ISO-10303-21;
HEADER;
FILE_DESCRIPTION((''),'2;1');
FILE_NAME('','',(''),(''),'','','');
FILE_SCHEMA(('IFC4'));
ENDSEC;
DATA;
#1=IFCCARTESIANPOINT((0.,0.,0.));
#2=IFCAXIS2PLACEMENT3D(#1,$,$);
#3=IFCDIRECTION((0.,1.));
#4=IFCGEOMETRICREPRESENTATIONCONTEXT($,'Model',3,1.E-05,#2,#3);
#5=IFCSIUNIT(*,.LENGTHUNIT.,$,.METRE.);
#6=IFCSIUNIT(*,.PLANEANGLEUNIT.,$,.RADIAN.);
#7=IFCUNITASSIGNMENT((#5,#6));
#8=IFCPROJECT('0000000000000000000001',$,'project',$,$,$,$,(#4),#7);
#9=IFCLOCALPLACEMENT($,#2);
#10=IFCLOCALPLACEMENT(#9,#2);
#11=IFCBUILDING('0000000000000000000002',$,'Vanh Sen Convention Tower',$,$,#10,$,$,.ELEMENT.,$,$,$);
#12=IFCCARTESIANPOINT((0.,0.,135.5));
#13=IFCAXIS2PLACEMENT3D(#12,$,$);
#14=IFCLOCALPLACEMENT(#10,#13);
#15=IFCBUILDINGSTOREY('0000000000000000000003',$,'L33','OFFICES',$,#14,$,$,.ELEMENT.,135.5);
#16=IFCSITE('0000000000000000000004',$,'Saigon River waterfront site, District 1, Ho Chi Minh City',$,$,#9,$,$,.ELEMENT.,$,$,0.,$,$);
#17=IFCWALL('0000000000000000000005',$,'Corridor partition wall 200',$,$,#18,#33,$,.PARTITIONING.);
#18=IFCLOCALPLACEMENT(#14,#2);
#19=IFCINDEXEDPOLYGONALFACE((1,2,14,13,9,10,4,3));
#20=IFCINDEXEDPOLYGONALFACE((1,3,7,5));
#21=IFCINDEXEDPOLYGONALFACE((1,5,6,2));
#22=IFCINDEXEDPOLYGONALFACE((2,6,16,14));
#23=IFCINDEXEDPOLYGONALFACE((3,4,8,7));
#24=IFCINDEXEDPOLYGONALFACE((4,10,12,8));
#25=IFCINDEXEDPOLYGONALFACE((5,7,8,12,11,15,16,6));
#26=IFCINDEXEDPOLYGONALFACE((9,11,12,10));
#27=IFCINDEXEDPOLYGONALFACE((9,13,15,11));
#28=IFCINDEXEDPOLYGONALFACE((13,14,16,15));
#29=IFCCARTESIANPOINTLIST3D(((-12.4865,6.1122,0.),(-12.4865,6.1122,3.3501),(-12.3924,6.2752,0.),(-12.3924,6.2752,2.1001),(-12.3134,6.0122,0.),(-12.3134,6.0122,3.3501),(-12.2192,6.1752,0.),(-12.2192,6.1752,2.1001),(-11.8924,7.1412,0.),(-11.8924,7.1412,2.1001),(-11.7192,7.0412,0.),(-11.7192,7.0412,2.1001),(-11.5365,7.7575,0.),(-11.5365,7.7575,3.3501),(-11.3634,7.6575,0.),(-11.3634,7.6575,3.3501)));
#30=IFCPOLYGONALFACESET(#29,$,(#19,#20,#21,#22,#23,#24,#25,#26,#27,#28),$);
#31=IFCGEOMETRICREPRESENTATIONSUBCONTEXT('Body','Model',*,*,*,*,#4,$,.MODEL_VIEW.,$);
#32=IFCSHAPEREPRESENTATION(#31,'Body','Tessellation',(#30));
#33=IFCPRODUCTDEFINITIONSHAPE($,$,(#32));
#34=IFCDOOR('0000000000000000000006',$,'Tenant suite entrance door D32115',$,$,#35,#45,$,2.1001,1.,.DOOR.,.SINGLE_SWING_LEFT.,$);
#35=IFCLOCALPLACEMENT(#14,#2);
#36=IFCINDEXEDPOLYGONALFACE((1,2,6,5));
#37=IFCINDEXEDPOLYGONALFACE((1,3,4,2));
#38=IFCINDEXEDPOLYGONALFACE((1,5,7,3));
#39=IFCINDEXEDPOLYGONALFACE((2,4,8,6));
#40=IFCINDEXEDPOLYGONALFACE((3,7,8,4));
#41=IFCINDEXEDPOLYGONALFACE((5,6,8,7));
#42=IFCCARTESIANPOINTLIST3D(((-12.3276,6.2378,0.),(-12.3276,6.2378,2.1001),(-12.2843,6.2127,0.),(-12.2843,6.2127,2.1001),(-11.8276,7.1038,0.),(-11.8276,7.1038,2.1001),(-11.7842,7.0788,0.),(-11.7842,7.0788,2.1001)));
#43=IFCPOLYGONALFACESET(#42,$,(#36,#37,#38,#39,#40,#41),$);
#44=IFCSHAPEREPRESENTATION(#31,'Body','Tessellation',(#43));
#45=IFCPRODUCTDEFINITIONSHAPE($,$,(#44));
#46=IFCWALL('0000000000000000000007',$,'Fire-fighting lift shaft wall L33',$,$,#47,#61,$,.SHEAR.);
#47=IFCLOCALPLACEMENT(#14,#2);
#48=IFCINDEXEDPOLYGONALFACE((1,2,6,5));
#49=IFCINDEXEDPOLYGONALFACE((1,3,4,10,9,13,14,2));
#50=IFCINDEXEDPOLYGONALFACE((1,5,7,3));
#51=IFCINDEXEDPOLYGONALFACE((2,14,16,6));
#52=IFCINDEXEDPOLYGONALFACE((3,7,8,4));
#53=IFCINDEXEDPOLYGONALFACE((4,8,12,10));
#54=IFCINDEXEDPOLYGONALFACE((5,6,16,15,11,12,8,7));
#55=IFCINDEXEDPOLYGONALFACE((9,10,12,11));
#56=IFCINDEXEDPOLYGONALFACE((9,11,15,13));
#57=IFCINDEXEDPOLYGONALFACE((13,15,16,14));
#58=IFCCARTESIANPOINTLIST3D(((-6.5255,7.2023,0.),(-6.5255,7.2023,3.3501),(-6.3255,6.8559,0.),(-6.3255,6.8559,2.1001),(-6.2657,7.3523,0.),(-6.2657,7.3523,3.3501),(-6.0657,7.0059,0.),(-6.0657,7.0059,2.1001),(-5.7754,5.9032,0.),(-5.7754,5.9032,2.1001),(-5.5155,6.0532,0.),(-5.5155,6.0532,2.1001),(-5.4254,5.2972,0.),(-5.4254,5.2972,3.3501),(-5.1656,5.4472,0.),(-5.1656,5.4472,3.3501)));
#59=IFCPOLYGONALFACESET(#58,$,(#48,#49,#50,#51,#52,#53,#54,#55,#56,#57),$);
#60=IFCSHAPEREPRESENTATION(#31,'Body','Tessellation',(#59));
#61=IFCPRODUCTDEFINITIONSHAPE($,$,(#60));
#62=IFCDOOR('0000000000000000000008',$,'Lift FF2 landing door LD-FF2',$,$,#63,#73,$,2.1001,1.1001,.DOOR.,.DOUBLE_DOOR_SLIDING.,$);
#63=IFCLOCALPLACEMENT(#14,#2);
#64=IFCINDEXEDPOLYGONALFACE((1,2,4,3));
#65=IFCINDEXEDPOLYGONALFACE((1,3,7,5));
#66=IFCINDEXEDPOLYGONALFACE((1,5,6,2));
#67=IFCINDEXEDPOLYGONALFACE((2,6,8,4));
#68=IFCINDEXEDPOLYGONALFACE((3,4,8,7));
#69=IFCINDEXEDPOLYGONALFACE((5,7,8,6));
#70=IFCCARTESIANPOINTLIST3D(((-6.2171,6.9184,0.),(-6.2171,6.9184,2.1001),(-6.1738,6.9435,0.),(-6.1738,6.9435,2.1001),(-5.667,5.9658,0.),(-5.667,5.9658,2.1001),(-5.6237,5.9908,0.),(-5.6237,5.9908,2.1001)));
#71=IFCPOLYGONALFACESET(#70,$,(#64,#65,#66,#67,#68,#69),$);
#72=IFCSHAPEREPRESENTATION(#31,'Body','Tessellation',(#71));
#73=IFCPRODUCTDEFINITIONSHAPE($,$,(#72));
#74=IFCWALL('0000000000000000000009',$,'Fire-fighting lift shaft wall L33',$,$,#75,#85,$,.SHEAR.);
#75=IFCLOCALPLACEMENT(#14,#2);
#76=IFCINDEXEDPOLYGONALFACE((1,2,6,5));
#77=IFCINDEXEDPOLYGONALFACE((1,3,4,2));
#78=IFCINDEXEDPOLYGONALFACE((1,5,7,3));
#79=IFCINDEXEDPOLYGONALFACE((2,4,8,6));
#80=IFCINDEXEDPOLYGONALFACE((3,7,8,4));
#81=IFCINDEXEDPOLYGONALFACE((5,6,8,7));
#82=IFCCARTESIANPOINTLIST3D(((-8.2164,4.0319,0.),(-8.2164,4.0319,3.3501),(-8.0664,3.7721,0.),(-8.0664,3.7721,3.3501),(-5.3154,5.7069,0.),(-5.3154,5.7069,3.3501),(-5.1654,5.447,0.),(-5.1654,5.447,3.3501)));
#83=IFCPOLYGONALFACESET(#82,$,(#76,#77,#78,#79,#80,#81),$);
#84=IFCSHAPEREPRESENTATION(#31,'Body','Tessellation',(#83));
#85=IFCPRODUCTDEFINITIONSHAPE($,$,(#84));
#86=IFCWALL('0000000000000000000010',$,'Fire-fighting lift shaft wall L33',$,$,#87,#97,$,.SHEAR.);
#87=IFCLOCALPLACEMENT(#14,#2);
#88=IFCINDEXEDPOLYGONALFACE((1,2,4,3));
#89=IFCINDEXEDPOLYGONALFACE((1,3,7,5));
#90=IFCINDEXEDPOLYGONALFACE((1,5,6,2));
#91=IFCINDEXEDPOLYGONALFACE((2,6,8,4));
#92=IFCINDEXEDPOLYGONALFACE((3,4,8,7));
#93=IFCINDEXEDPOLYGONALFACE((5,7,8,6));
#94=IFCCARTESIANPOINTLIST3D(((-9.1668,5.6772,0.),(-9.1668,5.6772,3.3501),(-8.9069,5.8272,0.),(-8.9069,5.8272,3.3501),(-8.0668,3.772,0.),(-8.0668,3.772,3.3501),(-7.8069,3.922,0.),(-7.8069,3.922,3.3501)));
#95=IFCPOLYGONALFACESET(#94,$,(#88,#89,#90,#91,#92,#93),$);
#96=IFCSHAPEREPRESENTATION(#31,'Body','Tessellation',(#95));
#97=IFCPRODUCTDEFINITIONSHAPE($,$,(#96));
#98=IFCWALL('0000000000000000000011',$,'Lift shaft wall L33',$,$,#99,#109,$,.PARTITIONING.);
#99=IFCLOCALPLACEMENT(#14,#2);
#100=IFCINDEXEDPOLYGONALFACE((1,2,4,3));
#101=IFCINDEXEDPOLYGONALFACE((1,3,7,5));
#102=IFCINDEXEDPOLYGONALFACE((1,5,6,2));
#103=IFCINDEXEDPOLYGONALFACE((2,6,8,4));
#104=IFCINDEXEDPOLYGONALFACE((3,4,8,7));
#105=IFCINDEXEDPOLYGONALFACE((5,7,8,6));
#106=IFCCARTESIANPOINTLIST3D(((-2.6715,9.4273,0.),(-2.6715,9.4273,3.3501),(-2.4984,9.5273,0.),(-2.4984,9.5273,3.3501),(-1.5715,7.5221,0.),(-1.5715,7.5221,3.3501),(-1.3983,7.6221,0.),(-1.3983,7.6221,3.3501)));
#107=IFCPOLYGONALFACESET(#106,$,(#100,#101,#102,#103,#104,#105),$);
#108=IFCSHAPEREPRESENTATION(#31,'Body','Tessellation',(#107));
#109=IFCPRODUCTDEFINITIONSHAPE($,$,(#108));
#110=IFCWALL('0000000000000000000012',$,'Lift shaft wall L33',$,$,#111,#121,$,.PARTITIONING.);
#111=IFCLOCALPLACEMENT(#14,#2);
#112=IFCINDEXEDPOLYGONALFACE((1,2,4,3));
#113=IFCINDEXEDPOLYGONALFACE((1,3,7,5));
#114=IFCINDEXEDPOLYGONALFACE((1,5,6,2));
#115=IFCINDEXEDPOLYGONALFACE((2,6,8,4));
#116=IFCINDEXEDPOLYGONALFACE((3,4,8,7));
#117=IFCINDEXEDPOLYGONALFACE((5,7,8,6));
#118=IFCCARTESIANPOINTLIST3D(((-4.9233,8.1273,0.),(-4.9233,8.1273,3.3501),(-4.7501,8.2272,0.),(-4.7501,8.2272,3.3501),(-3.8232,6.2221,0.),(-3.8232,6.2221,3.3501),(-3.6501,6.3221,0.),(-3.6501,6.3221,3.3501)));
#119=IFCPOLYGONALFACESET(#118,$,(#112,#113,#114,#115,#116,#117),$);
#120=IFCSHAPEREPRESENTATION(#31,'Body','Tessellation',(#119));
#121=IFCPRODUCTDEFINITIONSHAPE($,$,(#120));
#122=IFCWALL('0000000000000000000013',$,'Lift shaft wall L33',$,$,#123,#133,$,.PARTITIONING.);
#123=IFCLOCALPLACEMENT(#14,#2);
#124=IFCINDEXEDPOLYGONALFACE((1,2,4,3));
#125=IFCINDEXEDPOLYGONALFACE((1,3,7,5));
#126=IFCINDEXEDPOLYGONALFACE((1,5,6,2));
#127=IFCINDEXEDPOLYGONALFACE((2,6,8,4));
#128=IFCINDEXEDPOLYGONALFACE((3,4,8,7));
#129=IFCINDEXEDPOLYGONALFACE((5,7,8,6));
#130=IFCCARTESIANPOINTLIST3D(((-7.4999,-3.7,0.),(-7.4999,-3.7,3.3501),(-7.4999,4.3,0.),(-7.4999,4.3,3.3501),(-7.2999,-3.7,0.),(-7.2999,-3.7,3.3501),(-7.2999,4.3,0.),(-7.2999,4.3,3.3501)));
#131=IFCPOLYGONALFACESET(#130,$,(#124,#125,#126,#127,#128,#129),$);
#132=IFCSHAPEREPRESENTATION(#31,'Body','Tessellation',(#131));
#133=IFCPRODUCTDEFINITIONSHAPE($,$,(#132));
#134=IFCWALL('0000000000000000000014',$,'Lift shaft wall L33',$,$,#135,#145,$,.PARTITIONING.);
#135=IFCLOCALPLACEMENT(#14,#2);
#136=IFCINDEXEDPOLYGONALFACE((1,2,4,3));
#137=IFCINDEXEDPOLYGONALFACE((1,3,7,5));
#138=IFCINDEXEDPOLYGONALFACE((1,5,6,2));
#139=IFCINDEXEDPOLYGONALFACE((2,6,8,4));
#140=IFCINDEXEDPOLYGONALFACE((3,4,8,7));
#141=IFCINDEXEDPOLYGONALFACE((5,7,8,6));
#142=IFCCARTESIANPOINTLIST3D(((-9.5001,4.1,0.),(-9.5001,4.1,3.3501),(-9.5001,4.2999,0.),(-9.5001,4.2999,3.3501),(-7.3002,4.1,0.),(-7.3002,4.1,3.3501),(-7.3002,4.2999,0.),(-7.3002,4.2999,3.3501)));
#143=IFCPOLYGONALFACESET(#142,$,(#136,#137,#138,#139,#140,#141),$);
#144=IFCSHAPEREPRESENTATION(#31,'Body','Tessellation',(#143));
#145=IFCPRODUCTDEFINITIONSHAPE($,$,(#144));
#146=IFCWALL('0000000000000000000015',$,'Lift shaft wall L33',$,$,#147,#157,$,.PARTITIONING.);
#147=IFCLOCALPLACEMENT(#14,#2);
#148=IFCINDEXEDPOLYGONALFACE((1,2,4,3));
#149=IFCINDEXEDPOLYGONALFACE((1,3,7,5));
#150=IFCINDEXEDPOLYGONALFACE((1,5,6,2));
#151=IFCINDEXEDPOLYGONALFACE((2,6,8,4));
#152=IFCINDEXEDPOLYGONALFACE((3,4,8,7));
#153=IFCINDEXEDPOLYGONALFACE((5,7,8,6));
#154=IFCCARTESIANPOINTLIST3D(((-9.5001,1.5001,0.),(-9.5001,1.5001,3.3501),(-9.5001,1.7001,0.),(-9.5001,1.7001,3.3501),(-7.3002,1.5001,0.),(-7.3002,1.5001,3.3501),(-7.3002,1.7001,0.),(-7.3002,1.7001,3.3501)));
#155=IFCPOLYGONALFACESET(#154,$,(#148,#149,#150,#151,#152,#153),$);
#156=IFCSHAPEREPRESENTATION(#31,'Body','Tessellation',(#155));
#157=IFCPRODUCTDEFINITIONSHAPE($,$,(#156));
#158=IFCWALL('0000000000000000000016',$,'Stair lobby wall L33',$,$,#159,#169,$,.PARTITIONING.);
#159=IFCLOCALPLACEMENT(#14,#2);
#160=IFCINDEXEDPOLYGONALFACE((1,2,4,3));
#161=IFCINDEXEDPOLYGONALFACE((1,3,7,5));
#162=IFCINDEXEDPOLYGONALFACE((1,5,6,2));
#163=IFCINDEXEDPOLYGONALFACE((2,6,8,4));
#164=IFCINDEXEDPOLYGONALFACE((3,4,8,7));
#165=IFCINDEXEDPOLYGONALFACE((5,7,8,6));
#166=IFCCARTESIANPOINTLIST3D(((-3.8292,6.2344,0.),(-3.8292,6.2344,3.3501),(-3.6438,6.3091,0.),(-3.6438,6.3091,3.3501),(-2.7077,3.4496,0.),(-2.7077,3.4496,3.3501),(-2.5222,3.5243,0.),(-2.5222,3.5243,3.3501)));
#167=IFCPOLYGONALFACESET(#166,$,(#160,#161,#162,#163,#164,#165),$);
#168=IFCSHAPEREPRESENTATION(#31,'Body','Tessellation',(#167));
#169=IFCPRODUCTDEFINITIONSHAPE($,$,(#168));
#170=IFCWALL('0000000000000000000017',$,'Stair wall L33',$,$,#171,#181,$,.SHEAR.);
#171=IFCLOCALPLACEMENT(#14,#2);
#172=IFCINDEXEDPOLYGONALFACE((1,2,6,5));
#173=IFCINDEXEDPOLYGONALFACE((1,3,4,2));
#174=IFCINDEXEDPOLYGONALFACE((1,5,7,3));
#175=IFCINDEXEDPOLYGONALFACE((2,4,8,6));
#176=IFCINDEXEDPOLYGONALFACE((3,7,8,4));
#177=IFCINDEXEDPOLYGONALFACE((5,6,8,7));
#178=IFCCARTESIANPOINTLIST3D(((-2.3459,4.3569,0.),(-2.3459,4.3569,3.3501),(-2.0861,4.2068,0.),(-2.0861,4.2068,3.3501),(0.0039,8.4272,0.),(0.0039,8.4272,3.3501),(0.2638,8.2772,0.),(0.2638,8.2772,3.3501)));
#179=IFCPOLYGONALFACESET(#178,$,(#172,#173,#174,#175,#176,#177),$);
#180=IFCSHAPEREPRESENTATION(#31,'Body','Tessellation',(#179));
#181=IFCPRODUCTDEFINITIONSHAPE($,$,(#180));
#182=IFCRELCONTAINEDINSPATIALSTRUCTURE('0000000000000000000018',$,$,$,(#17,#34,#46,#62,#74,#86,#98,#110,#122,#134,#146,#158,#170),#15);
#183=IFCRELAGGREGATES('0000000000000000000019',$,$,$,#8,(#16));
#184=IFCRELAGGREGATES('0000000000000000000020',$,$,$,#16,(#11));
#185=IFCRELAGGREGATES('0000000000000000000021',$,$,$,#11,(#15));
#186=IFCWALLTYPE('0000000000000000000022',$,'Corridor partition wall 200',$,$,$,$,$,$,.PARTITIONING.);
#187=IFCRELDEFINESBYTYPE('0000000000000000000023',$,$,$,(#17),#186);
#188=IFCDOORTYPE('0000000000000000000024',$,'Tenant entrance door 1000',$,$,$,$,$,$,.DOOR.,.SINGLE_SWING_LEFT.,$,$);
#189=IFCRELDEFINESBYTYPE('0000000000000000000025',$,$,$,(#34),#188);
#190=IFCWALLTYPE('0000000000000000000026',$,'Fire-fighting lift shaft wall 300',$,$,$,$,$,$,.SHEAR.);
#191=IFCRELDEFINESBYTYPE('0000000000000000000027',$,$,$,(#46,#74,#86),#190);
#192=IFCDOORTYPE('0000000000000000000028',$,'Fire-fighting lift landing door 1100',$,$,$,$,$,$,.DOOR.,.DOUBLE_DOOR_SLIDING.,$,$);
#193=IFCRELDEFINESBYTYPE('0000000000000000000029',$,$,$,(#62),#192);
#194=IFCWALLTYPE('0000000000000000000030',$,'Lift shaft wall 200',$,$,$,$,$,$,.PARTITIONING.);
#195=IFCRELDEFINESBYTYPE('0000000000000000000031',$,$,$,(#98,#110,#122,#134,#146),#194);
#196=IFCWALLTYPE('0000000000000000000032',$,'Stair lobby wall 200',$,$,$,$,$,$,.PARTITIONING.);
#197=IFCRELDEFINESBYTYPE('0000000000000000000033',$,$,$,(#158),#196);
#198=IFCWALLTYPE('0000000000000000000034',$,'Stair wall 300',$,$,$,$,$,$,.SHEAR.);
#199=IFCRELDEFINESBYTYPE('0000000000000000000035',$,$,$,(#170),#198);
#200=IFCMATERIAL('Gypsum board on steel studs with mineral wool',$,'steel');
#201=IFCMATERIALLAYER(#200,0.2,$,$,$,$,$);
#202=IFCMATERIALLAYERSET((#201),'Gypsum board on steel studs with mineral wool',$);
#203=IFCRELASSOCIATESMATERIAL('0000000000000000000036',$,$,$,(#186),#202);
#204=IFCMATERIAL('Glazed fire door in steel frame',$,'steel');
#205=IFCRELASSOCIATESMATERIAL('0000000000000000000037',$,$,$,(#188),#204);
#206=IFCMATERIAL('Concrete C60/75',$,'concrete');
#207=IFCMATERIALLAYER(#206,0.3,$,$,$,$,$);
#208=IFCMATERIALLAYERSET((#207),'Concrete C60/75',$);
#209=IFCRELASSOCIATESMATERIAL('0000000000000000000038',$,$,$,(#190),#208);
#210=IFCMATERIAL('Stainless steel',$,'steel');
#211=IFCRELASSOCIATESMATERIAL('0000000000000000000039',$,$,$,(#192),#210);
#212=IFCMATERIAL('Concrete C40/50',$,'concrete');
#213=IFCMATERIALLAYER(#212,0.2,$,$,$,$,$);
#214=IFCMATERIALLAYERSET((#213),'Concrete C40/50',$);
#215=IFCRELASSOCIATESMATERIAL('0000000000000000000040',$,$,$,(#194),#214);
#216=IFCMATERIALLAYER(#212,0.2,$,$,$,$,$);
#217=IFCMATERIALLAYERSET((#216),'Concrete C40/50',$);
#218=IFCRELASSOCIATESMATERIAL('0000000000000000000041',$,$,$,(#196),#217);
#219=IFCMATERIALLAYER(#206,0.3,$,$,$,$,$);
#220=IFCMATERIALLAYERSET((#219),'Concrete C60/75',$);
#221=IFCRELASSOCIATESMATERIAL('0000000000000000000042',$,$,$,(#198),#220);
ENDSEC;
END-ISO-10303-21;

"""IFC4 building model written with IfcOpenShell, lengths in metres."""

from ifc_helpers import new_model, si_unit, direction, frame, frame_2d, origin, place, context, subcontext, project, spatial, rectangle, extrude, material, layer, layer_set, type_object, element, fill, save


model = new_model("IFC4")

# Units and contexts
model_context = context("Model", 3, precision=1e-05, world=origin(), true_north=direction((0.0, 1.0)))
body_context = subcontext(model_context, "Body", "Model", "MODEL_VIEW")
ifc_project = project(units=[si_unit("LENGTHUNIT", "METRE"), si_unit("PLANEANGLEUNIT", "RADIAN")], contexts=[model_context])

# Site, building, storey
site_placement = place(None, origin())
site = spatial("IfcSite", under=ifc_project, at=site_placement, Name="Saigon River waterfront site, District 1, Ho Chi Minh City", CompositionType="ELEMENT", RefElevation=0.0)
building_placement = place(site_placement, origin())
building = spatial("IfcBuilding", under=site, at=building_placement, Name="Vanh Sen Convention Tower", CompositionType="ELEMENT")
storey_placement = place(building_placement, frame((0.0, 0.0, 135.5)))
storey = spatial("IfcBuildingStorey", under=building, at=storey_placement, Name="L33", Description="OFFICES", CompositionType="ELEMENT", Elevation=135.5)

# Shared definitions
ifc_material_1 = material(Name="Gypsum board on steel studs with mineral wool", Category="steel")
ifc_layer_1 = layer(ifc_material_1, 0.2)
ifc_layer_set_1 = layer_set([ifc_layer_1], Name="Gypsum board on steel studs with mineral wool")
wall_type_1 = type_object("IfcWallType", Name="Corridor partition wall 200", PredefinedType="PARTITIONING", material=ifc_layer_set_1)
ifc_material_2 = material(Name="Glazed fire door in steel frame", Category="steel")
door_type_1 = type_object("IfcDoorType", Name="Tenant entrance door 1000", OperationType="SINGLE_SWING_LEFT", PredefinedType="DOOR", material=ifc_material_2)

# Walls, openings, doors
wall_1_placement = place(storey_placement, frame((-11.45, 7.7075, 0.0), z_axis=(0.0, 0.0, 1.0), x_axis=(-0.500023, -0.866012, 0.0)))
wall_1 = element("IfcWall", 1, at=wall_1_placement, inside=storey, type_object=wall_type_1, Name="Corridor partition wall 200", PredefinedType="PARTITIONING", context=body_context, shape_type="SweptSolid", body=[
    extrude(rectangle(XDim=1.8999, YDim=0.2, at=frame_2d((0.95, 0.0))), origin(), (0.0, 0.0, 1.0), 3.3501),
])
opening_1_placement = place(wall_1_placement, frame((0.7117, 0.0, 0.0)))
opening_1 = element("IfcOpeningElement", 2, at=opening_1_placement, cuts=wall_1, PredefinedType="OPENING", context=body_context, shape_type="SweptSolid", body=[
    extrude(rectangle(XDim=1.0, YDim=2.1001, at=frame_2d((0.5, 1.05))), frame((0.0, 0.1099, 0.0), z_axis=(0.0, -1.0, 0.0), x_axis=(1.0, 0.0, 0.0)), (0.0, 0.0, 1.0), 0.22),
])
door_1_placement = place(opening_1_placement, origin())
door_1 = element("IfcDoor", 3, at=door_1_placement, inside=storey, type_object=door_type_1, Name="Tenant suite entrance door D32115", OperationType="SINGLE_SWING_LEFT", OverallHeight=2.1001, OverallWidth=1.0, PredefinedType="DOOR", context=body_context, shape_type="SweptSolid", body=[
    extrude(rectangle(XDim=1.0, YDim=2.1001, at=frame_2d((0.5, 1.05))), frame((0.0, 0.0249, 0.0), z_axis=(0.0, -1.0, 0.0), x_axis=(1.0, 0.0, 0.0)), (0.0, 0.0, 1.0), 0.05),
])
fill(opening_1, door_1)
ifc_material_3 = material(Name="Concrete C60/75", Category="concrete")
ifc_layer_2 = layer(ifc_material_3, 0.3)
ifc_layer_set_2 = layer_set([ifc_layer_2], Name="Concrete C60/75")
wall_type_2 = type_object("IfcWallType", Name="Fire-fighting lift shaft wall 300", PredefinedType="SHEAR", material=ifc_layer_set_2)
wall_2_placement = place(storey_placement, frame((-5.2954, 5.3721, 0.0), z_axis=(0.0, 0.0, 1.0), x_axis=(-0.500078, 0.86598, 0.0)))
wall_2 = element("IfcWall", 4, at=wall_2_placement, inside=storey, type_object=wall_type_2, Name="Fire-fighting lift shaft wall L33", PredefinedType="SHEAR", context=body_context, shape_type="SweptSolid", body=[
    extrude(rectangle(XDim=2.2, YDim=0.3, at=frame_2d((1.1001, 0.0))), origin(), (0.0, 0.0, 1.0), 3.3501),
])
opening_2_placement = place(wall_2_placement, frame((0.7, 0.0, 0.0)))
opening_2 = element("IfcOpeningElement", 5, at=opening_2_placement, cuts=wall_2, PredefinedType="OPENING", context=body_context, shape_type="SweptSolid", body=[
    extrude(rectangle(XDim=1.1001, YDim=2.1001, at=frame_2d((0.55, 1.05))), frame((0.0, 0.1599, 0.0), z_axis=(0.0, -1.0, 0.0), x_axis=(1.0, 0.0, 0.0)), (0.0, 0.0, 1.0), 0.3201),
])
ifc_material_4 = material(Name="Stainless steel", Category="steel")
door_type_2 = type_object("IfcDoorType", Name="Fire-fighting lift landing door 1100", OperationType="DOUBLE_DOOR_SLIDING", PredefinedType="DOOR", material=ifc_material_4)
door_2_placement = place(opening_2_placement, origin())
door_2 = element("IfcDoor", 6, at=door_2_placement, inside=storey, type_object=door_type_2, Name="Lift FF2 landing door LD-FF2", OperationType="DOUBLE_DOOR_SLIDING", OverallHeight=2.1001, OverallWidth=1.1001, PredefinedType="DOOR", context=body_context, shape_type="SweptSolid", body=[
    extrude(rectangle(XDim=1.1001, YDim=2.1001, at=frame_2d((0.55, 1.05))), frame((0.0, 0.0249, 0.0), z_axis=(0.0, -1.0, 0.0), x_axis=(1.0, 0.0, 0.0)), (0.0, 0.0, 1.0), 0.05),
])
fill(opening_2, door_2)

# Walls
wall_3_placement = place(storey_placement, frame((-5.2405, 5.5769, 0.0), z_axis=(0.0, 0.0, 1.0), x_axis=(-0.866014, -0.500019, 0.0)))
element("IfcWall", 7, at=wall_3_placement, inside=storey, type_object=wall_type_2, Name="Fire-fighting lift shaft wall L33", PredefinedType="SHEAR", context=body_context, shape_type="SweptSolid", body=[
    extrude(rectangle(XDim=3.3499, YDim=0.3, at=frame_2d((1.6748, 0.0))), origin(), (0.0, 0.0, 1.0), 3.3501),
])
wall_4_placement = place(storey_placement, frame((-7.9368, 3.8469, 0.0), z_axis=(0.0, 0.0, 1.0), x_axis=(-0.50003, 0.866008, 0.0)))
element("IfcWall", 8, at=wall_4_placement, inside=storey, type_object=wall_type_2, Name="Fire-fighting lift shaft wall L33", PredefinedType="SHEAR", context=body_context, shape_type="SweptSolid", body=[
    extrude(rectangle(XDim=2.2, YDim=0.3, at=frame_2d((1.1001, 0.0))), origin(), (0.0, 0.0, 1.0), 3.3501),
])
ifc_material_5 = material(Name="Concrete C40/50", Category="concrete")
ifc_layer_3 = layer(ifc_material_5, 0.2)
ifc_layer_set_3 = layer_set([ifc_layer_3], Name="Concrete C40/50")
wall_type_3 = type_object("IfcWallType", Name="Lift shaft wall 200", PredefinedType="PARTITIONING", material=ifc_layer_set_3)
for number, where, z_axis, x_axis, name in (
    (9, (-1.4849, 7.572, 0.0), (0.0, 0.0, 1.0), (-0.50003, 0.866008, 0.0), "Lift shaft wall L33"),
    (10, (-3.7366, 6.272, 0.0), (0.0, 0.0, 1.0), (-0.50003, 0.866008, 0.0), "Lift shaft wall L33"),
):
    element("IfcWall", number, at=place(storey_placement, frame(where, z_axis=z_axis, x_axis=x_axis)), inside=storey, type_object=wall_type_3, Name=name, PredefinedType="PARTITIONING", context=body_context, shape_type="SweptSolid", body=[
        extrude(rectangle(XDim=2.2, YDim=0.2, at=frame_2d((1.1001, 0.0))), origin(), (0.0, 0.0, 1.0), 3.3501),
    ])
wall_5_placement = place(storey_placement, frame((-7.3999, 4.3, 0.0), z_axis=(0.0, 0.0, 1.0), x_axis=(0.0, -1.0, 0.0)))
element("IfcWall", 11, at=wall_5_placement, inside=storey, type_object=wall_type_3, Name="Lift shaft wall L33", PredefinedType="PARTITIONING", context=body_context, shape_type="SweptSolid", body=[
    extrude(rectangle(XDim=8.0, YDim=0.2, at=frame_2d((4.0, 0.0))), origin(), (0.0, 0.0, 1.0), 3.3501),
])
for number, where, z_axis, x_axis, name in (
    (12, (-7.3, 4.2, 0.0), (0.0, 0.0, 1.0), (-1.0, 0.0, 0.0), "Lift shaft wall L33"),
    (13, (-7.3, 1.6001, 0.0), (0.0, 0.0, 1.0), (-1.0, 0.0, 0.0), "Lift shaft wall L33"),
):
    element("IfcWall", number, at=place(storey_placement, frame(where, z_axis=z_axis, x_axis=x_axis)), inside=storey, type_object=wall_type_3, Name=name, PredefinedType="PARTITIONING", context=body_context, shape_type="SweptSolid", body=[
        extrude(rectangle(XDim=2.2, YDim=0.2, at=frame_2d((1.1001, 0.0))), origin(), (0.0, 0.0, 1.0), 3.3501),
    ])
ifc_layer_4 = layer(ifc_material_5, 0.2)
ifc_layer_set_4 = layer_set([ifc_layer_4], Name="Concrete C40/50")
wall_type_4 = type_object("IfcWallType", Name="Stair lobby wall 200", PredefinedType="PARTITIONING", material=ifc_layer_set_4)
wall_6_placement = place(storey_placement, frame((-2.615, 3.4871, 0.0), z_axis=(0.0, 0.0, 1.0), x_axis=(-0.373577, 0.927599, 0.0)))
element("IfcWall", 14, at=wall_6_placement, inside=storey, type_object=wall_type_4, Name="Stair lobby wall L33", PredefinedType="PARTITIONING", context=body_context, shape_type="SweptSolid", body=[
    extrude(rectangle(XDim=3.0022, YDim=0.2, at=frame_2d((1.501, 0.0))), origin(), (0.0, 0.0, 1.0), 3.3501),
])
ifc_layer_5 = layer(ifc_material_3, 0.3)
ifc_layer_set_5 = layer_set([ifc_layer_5], Name="Concrete C60/75")
wall_type_5 = type_object("IfcWallType", Name="Stair wall 300", PredefinedType="SHEAR", material=ifc_layer_set_5)
wall_7_placement = place(storey_placement, frame((-2.2161, 4.2817, 0.0), z_axis=(0.0, 0.0, 1.0), x_axis=(0.499977, 0.866039, 0.0)))
element("IfcWall", 15, at=wall_7_placement, inside=storey, type_object=wall_type_5, Name="Stair wall L33", PredefinedType="SHEAR", context=body_context, shape_type="SweptSolid", body=[
    extrude(rectangle(XDim=4.7, YDim=0.3, at=frame_2d((2.3501, 0.0))), origin(), (0.0, 0.0, 1.0), 3.3501),
])

save(model, "model.ifc")
